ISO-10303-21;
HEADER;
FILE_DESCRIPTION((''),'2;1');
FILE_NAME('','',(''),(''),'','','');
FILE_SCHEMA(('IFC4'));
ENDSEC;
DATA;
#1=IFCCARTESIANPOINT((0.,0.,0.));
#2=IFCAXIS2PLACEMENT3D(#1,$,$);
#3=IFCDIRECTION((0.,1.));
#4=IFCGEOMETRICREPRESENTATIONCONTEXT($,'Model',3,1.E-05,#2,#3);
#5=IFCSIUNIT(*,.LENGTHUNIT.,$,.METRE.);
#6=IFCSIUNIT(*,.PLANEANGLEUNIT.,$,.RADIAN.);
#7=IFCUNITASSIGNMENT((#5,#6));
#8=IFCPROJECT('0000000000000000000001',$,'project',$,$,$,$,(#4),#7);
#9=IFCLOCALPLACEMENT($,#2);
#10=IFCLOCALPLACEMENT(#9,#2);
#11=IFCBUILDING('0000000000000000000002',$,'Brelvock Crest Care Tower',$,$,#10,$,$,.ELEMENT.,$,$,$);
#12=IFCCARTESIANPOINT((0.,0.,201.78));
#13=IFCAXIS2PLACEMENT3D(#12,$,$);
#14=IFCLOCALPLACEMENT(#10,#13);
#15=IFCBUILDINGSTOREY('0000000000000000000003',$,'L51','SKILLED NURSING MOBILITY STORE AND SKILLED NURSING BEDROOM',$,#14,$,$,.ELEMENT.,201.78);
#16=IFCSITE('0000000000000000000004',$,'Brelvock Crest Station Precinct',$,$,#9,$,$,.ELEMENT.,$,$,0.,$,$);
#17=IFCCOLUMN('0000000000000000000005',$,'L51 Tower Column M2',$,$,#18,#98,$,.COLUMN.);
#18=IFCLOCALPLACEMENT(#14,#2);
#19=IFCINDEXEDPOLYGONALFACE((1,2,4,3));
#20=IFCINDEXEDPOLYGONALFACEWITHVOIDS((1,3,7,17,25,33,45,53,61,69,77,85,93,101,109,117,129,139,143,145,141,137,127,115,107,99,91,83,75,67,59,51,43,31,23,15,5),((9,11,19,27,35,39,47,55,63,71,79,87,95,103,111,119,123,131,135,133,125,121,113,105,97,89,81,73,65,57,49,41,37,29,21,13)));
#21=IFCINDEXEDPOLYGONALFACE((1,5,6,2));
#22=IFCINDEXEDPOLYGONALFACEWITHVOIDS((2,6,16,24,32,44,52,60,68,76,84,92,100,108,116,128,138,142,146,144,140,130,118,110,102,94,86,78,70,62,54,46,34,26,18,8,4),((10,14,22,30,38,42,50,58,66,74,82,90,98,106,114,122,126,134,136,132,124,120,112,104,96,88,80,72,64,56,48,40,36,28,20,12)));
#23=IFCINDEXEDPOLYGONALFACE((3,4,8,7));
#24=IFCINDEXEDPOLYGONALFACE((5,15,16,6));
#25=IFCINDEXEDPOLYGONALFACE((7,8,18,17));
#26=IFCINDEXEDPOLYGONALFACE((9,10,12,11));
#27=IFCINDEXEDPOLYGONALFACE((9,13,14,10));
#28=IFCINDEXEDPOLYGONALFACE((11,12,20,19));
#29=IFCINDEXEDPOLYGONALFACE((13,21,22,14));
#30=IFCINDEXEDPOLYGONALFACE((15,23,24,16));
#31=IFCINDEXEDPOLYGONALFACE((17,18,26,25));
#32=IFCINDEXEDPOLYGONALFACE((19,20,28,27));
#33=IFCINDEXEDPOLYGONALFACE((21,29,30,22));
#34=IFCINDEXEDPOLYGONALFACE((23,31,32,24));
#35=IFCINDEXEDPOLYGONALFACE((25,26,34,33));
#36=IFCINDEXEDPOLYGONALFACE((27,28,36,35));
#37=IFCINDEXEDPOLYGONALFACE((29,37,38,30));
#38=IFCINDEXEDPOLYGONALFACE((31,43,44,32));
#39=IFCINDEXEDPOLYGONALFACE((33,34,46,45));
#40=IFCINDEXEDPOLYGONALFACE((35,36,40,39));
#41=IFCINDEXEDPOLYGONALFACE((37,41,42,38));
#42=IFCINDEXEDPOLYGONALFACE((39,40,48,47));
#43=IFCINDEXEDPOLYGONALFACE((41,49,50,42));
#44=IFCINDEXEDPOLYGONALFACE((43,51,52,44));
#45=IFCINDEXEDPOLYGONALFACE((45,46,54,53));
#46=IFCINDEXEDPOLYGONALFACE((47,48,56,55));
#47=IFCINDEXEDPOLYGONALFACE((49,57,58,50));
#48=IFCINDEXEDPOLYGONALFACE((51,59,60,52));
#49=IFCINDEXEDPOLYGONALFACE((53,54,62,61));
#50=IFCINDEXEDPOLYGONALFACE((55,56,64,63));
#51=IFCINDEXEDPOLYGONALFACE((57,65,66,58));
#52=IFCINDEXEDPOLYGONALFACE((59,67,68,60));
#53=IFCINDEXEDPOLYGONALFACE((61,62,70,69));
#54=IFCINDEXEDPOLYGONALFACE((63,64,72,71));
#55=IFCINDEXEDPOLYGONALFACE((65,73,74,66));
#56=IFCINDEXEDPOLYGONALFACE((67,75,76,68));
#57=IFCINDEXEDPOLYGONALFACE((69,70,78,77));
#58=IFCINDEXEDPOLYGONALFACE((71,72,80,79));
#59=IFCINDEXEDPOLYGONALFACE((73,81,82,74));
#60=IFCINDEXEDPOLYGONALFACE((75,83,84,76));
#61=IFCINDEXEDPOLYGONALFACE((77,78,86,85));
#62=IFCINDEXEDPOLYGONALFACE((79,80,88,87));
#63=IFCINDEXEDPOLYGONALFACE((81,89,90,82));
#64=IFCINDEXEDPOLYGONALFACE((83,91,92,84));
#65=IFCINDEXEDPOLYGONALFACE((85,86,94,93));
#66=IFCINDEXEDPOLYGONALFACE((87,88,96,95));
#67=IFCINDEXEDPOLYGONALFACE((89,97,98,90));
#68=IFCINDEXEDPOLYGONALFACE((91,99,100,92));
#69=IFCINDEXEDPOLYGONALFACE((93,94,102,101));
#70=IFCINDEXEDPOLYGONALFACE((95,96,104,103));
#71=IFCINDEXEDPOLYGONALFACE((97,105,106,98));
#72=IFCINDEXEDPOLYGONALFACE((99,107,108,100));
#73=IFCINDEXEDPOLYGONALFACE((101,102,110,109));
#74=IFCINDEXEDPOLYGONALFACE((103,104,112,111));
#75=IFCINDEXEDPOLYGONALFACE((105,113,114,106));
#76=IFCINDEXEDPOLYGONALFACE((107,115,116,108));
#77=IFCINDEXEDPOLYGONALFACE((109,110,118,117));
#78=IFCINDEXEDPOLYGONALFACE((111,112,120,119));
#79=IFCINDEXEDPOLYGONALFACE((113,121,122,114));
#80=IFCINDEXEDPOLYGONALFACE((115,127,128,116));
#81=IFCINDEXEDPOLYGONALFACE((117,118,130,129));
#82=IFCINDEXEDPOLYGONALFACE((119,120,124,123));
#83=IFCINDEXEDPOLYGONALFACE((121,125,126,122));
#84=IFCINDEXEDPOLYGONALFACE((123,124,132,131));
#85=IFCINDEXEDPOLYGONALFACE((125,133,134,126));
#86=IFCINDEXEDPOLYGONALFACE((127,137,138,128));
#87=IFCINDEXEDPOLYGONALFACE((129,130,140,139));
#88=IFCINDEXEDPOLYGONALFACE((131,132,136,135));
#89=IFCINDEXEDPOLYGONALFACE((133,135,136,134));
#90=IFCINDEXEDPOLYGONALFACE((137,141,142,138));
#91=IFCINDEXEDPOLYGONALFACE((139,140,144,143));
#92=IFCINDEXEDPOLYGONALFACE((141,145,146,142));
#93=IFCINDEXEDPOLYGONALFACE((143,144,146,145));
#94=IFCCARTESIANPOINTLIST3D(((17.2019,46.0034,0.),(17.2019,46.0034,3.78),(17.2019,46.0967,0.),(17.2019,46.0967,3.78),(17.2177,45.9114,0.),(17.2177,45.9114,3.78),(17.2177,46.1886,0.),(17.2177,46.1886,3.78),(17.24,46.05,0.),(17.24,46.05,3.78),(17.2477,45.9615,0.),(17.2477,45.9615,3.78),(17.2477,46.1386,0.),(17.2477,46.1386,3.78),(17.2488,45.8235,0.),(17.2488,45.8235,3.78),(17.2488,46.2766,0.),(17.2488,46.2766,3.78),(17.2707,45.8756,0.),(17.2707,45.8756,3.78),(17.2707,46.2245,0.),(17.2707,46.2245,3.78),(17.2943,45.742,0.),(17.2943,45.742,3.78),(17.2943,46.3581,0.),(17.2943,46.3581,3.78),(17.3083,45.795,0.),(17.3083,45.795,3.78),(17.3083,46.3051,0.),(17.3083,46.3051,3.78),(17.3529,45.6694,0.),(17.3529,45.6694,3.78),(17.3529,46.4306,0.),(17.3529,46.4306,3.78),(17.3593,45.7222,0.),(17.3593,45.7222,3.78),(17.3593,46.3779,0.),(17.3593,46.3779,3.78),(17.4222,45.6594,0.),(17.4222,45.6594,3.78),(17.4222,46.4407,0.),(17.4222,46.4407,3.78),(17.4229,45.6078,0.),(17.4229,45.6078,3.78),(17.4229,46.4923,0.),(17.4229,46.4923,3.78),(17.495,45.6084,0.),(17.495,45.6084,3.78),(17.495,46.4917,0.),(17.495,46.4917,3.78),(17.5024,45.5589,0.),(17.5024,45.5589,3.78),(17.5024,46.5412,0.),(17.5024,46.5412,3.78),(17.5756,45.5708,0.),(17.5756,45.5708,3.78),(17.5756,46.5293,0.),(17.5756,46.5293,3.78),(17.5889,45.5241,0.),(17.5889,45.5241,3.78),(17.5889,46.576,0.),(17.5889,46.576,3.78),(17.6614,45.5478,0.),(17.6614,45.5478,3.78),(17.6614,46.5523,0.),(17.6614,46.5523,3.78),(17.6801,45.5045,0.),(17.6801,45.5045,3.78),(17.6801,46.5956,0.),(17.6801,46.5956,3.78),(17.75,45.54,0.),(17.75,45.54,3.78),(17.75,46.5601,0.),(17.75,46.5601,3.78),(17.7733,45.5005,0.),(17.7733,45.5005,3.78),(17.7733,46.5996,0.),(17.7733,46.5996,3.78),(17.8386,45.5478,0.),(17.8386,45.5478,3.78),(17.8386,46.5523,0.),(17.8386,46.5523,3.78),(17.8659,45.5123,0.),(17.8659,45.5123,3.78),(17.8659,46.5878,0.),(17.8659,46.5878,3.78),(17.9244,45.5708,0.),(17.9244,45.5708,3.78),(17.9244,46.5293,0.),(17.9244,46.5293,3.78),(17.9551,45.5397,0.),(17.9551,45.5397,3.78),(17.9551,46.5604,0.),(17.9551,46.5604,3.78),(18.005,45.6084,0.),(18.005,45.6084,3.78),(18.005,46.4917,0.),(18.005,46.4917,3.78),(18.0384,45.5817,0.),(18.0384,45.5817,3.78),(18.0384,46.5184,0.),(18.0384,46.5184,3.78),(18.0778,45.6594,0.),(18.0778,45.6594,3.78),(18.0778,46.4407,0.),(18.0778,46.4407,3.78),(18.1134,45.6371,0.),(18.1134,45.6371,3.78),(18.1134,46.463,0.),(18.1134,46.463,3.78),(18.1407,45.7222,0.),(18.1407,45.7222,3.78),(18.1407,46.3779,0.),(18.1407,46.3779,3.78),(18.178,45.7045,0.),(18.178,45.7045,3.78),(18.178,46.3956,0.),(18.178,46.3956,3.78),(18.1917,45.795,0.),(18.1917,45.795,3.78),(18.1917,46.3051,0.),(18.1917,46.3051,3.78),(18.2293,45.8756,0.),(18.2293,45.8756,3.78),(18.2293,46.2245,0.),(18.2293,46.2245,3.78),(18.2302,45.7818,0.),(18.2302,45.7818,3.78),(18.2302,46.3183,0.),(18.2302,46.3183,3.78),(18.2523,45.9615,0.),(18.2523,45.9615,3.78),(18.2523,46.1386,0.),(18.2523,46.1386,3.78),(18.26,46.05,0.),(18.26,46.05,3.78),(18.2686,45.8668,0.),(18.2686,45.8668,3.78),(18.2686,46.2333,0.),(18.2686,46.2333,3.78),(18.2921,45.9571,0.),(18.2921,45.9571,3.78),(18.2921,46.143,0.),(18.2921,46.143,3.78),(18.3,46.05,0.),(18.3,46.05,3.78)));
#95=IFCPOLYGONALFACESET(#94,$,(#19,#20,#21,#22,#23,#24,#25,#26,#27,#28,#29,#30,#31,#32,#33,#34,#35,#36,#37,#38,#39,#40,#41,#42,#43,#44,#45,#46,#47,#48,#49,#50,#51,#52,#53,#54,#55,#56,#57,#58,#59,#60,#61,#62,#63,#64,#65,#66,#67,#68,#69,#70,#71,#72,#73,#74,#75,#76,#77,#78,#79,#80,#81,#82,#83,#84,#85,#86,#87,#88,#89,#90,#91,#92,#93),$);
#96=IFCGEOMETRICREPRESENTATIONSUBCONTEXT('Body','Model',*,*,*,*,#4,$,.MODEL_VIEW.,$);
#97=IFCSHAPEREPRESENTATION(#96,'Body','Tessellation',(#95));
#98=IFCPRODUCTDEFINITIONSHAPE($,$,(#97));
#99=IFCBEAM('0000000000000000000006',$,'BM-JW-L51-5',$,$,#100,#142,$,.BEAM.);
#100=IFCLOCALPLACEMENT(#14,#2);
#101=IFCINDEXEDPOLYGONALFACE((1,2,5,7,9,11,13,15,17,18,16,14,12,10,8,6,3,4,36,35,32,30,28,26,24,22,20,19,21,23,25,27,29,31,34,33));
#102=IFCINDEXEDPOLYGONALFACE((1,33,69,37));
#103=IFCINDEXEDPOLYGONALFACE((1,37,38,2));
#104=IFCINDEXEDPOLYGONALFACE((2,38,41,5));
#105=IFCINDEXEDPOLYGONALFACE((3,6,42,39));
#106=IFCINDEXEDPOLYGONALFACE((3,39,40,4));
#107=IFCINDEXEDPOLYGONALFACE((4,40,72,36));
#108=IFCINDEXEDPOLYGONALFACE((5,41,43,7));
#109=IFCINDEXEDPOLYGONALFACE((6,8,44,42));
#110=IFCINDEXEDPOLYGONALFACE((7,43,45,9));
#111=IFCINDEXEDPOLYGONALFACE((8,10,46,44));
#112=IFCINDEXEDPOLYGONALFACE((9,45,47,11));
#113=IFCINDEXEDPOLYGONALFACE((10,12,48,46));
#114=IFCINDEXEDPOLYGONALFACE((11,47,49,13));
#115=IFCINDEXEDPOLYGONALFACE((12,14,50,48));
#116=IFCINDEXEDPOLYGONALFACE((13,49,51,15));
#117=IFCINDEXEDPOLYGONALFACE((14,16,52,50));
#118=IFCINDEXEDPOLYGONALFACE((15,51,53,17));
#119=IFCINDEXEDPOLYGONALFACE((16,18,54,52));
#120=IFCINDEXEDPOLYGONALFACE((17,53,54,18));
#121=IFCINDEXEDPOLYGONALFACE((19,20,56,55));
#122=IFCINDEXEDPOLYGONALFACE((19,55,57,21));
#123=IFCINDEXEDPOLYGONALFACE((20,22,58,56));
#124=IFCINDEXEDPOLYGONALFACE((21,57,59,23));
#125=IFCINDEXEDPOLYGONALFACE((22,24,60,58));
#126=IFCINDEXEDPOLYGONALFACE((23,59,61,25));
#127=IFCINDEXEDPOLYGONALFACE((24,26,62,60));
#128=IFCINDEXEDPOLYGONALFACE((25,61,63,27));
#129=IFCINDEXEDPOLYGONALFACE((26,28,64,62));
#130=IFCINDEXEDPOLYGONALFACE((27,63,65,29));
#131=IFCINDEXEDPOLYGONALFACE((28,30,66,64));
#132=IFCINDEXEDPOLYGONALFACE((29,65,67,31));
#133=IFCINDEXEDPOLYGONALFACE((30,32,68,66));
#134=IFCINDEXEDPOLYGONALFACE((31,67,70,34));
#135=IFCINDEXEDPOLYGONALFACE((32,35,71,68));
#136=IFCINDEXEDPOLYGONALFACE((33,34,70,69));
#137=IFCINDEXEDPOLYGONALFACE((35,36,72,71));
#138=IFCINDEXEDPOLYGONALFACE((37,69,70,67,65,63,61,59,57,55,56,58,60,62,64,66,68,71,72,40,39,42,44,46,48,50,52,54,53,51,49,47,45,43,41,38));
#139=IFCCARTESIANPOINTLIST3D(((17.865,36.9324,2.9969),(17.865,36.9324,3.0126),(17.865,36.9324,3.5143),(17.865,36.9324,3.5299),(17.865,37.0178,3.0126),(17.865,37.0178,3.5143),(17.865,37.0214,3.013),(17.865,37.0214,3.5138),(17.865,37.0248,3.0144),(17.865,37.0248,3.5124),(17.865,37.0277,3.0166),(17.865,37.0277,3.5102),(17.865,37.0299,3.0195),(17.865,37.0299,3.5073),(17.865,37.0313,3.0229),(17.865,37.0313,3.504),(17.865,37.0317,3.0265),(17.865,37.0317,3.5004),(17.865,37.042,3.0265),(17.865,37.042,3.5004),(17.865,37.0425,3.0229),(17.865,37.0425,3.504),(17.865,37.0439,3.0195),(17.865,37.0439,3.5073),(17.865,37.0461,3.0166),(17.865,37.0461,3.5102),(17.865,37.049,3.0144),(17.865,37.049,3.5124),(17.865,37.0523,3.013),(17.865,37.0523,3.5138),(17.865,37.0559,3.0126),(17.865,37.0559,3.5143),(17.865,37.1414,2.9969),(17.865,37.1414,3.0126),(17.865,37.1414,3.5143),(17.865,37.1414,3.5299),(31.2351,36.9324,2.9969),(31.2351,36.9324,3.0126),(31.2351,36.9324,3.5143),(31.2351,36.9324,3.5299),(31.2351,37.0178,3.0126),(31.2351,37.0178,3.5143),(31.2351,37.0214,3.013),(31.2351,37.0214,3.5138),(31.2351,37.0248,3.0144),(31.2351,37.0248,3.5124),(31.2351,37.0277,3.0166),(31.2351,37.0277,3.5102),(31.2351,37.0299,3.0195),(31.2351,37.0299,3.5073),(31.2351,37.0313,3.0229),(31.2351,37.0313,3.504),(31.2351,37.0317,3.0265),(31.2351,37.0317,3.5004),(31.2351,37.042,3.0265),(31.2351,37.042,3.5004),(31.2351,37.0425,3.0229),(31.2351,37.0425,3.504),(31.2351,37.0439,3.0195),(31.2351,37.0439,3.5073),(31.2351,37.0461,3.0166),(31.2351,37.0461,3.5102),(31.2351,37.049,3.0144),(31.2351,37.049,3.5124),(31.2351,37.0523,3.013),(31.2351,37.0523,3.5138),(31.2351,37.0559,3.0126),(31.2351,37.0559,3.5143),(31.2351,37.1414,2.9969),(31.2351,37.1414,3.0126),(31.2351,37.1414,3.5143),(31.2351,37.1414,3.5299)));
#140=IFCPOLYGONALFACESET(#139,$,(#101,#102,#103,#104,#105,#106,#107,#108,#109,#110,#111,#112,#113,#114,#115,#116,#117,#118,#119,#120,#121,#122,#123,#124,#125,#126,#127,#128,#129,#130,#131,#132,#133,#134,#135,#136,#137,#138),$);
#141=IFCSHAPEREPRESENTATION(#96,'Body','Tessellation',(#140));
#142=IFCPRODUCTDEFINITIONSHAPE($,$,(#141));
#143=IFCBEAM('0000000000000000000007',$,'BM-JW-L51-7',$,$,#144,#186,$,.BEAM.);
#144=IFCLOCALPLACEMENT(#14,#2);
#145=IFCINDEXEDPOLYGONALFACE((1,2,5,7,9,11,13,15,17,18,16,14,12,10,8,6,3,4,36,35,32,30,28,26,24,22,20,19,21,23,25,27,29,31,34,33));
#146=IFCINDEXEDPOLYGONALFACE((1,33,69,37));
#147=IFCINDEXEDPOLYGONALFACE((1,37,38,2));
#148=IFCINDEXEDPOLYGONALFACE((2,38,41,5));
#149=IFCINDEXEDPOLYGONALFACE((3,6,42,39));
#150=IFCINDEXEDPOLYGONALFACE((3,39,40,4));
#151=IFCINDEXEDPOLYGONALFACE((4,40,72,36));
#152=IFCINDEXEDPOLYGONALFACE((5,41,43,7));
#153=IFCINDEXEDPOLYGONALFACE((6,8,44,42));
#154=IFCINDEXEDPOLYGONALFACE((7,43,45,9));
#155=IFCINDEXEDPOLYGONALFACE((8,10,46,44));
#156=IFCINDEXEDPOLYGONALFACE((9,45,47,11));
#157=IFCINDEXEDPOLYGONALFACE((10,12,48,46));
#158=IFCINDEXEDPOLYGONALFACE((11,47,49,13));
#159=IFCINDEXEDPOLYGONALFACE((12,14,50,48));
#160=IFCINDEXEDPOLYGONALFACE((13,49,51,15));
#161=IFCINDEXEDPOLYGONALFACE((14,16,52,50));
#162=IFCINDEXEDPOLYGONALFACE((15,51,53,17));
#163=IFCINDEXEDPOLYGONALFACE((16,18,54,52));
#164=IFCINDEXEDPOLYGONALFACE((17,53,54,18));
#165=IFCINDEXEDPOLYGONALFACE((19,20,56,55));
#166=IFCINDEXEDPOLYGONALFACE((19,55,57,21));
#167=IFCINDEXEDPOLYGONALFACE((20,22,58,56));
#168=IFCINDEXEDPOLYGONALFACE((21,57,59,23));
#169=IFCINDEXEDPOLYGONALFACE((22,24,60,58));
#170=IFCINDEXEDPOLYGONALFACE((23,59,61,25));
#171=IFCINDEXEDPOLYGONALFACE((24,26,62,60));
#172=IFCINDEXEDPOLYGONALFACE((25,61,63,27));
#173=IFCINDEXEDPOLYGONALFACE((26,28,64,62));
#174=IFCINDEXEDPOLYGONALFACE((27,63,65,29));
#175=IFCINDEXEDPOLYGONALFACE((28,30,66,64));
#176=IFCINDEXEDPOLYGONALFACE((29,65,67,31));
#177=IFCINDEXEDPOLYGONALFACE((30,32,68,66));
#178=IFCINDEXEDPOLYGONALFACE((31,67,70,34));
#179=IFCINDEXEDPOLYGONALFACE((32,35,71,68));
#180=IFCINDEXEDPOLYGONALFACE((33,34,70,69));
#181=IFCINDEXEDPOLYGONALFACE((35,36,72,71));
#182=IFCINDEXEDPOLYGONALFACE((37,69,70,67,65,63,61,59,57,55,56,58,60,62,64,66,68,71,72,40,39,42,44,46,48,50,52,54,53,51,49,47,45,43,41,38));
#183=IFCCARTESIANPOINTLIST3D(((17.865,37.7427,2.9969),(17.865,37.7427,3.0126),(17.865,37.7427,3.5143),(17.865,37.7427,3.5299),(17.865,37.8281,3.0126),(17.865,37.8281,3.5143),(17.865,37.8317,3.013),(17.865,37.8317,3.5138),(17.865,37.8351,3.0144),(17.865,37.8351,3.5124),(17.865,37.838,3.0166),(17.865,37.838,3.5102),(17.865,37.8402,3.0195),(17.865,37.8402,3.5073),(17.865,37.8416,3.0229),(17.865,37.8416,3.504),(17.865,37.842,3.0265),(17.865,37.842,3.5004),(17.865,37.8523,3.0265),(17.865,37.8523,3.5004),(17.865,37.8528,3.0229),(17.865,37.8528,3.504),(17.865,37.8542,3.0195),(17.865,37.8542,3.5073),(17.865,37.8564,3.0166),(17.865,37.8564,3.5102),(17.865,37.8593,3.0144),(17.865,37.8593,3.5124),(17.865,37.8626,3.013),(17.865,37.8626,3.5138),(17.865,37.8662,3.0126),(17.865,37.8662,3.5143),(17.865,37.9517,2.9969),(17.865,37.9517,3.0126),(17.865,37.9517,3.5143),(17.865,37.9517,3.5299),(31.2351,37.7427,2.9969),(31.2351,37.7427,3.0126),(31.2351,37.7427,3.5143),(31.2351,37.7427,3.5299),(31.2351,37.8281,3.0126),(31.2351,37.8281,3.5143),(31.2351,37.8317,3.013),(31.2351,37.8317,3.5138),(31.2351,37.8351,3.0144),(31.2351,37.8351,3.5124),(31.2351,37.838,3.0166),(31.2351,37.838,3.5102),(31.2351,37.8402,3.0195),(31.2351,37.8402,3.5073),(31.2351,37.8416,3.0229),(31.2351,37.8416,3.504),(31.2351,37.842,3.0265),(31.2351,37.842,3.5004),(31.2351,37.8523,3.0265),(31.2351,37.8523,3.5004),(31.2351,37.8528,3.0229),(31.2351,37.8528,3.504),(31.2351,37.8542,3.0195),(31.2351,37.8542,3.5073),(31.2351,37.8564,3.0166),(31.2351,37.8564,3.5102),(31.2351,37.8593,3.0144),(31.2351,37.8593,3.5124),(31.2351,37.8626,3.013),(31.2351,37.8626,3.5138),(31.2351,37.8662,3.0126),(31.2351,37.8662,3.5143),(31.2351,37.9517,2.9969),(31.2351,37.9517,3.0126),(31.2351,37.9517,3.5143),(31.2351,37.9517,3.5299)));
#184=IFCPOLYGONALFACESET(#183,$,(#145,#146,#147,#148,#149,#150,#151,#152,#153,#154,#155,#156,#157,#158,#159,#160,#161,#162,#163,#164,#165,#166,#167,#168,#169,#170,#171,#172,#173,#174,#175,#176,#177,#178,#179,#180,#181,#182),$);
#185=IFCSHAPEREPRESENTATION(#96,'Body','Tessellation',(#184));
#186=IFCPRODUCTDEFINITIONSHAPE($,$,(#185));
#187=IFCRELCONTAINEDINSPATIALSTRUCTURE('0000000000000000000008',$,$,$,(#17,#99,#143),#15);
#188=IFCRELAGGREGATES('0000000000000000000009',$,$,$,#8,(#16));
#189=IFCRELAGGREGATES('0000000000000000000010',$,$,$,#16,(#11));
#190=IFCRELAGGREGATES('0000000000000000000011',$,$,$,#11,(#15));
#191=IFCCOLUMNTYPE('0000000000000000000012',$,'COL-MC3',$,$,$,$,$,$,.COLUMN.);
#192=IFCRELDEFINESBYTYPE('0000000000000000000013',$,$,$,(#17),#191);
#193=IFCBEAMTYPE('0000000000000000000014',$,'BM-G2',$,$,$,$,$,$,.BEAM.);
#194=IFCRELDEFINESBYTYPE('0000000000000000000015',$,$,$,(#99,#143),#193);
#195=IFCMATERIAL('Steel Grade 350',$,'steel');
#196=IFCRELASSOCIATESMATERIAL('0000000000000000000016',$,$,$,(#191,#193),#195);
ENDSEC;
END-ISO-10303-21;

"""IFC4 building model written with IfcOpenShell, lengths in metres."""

from ifc_helpers import new_model, si_unit, direction, frame, origin, origin_2d, place, context, subcontext, project, spatial, hollow_circle, i_section, extrude, source, transform, mapped, material, material_profile, profile_set, type_object, element, save


model = new_model("IFC4")

# Units and contexts
model_context = context("Model", 3, precision=1e-05, world=origin(), true_north=direction((0.0, 1.0)))
body_context = subcontext(model_context, "Body", "Model", "MODEL_VIEW")
ifc_project = project(units=[si_unit("LENGTHUNIT", "METRE"), si_unit("PLANEANGLEUNIT", "RADIAN")], contexts=[model_context])

# Site, building, storey
site_placement = place(None, origin())
site = spatial("IfcSite", under=ifc_project, at=site_placement, Name="Brelvock Crest Station Precinct", CompositionType="ELEMENT", RefElevation=0.0)
building_placement = place(site_placement, origin())
building = spatial("IfcBuilding", under=site, at=building_placement, Name="Brelvock Crest Care Tower", CompositionType="ELEMENT")
storey_placement = place(building_placement, frame((0.0, 0.0, 201.78)))
storey = spatial("IfcBuildingStorey", under=building, at=storey_placement, Name="L51", Description="SKILLED NURSING MOBILITY STORE AND SKILLED NURSING BEDROOM", CompositionType="ELEMENT", Elevation=201.78)

# Column
ifc_material_1 = material(Name="Steel Grade 350", Category="steel")
ifc_material_profile_1 = material_profile(ifc_material_1, hollow_circle(Radius=0.55, WallThickness=0.04, at=origin_2d()), Name="CFT1100x40")
ifc_profile_set_1 = profile_set([ifc_material_profile_1], Name="Steel Grade 350")
column_type = type_object("IfcColumnType", Name="COL-MC3", PredefinedType="COLUMN", material=ifc_profile_set_1)
shared_shape_1 = source(origin(), body_context, "Body", "SweptSolid", [
    extrude(hollow_circle(Radius=0.55, WallThickness=0.04, at=origin_2d()), origin(), (0.0, 0.0, 1.0), 3.78),
])
column_placement = place(storey_placement, frame((17.75, 46.05, 0.0), z_axis=(0.0, 0.0, 1.0), x_axis=(1.0, 0.0, 0.0)))
element("IfcColumn", 1, at=column_placement, inside=storey, type_object=column_type, Name="L51 Tower Column M2", PredefinedType="COLUMN", context=body_context, shape_type="MappedRepresentation", body=[
    mapped(shared_shape_1, transform((0.0, 0.0, 0.0), x_axis=(1.0, 0.0, 0.0), y_axis=(0.0, 1.0, 0.0), z_axis=(0.0, 0.0, 1.0), scale=1.0)),
])

# Beams
ifc_material_profile_2 = material_profile(ifc_material_1, i_section(OverallWidth=0.209, OverallDepth=0.533, WebThickness=0.0103, FlangeThickness=0.0156, FilletRadius=0.0139, at=origin_2d()), Name="530UB92.4")
ifc_profile_set_2 = profile_set([ifc_material_profile_2], Name="Steel Grade 350")
beam_type_1 = type_object("IfcBeamType", Name="BM-G2", PredefinedType="BEAM", material=ifc_profile_set_2)
shared_shape_2 = source(origin(), body_context, "Body", "SweptSolid", [
    extrude(i_section(OverallWidth=0.209, OverallDepth=0.533, WebThickness=0.0103, FlangeThickness=0.0156, FilletRadius=0.0139, at=origin_2d()), origin(), (0.0, 0.0, 1.0), 13.3701),
])
for number, where, z_axis, x_axis, name in (
    (2, (17.865, 37.0369, 3.2634), (1.0, 0.0, 0.0), (0.0, 1.0, 0.0), "BM-JW-L51-5"),
    (3, (17.865, 37.8472, 3.2634), (1.0, 0.0, 0.0), (0.0, 1.0, 0.0), "BM-JW-L51-7"),
):
    element("IfcBeam", number, at=place(storey_placement, frame(where, z_axis=z_axis, x_axis=x_axis)), inside=storey, type_object=beam_type_1, Name=name, PredefinedType="BEAM", context=body_context, shape_type="MappedRepresentation", body=[
        mapped(shared_shape_2, transform((0.0, 0.0, 0.0), x_axis=(1.0, 0.0, 0.0), y_axis=(0.0, 1.0, 0.0), z_axis=(0.0, 0.0, 1.0), scale=1.0)),
    ])

save(model, "model.ifc")
